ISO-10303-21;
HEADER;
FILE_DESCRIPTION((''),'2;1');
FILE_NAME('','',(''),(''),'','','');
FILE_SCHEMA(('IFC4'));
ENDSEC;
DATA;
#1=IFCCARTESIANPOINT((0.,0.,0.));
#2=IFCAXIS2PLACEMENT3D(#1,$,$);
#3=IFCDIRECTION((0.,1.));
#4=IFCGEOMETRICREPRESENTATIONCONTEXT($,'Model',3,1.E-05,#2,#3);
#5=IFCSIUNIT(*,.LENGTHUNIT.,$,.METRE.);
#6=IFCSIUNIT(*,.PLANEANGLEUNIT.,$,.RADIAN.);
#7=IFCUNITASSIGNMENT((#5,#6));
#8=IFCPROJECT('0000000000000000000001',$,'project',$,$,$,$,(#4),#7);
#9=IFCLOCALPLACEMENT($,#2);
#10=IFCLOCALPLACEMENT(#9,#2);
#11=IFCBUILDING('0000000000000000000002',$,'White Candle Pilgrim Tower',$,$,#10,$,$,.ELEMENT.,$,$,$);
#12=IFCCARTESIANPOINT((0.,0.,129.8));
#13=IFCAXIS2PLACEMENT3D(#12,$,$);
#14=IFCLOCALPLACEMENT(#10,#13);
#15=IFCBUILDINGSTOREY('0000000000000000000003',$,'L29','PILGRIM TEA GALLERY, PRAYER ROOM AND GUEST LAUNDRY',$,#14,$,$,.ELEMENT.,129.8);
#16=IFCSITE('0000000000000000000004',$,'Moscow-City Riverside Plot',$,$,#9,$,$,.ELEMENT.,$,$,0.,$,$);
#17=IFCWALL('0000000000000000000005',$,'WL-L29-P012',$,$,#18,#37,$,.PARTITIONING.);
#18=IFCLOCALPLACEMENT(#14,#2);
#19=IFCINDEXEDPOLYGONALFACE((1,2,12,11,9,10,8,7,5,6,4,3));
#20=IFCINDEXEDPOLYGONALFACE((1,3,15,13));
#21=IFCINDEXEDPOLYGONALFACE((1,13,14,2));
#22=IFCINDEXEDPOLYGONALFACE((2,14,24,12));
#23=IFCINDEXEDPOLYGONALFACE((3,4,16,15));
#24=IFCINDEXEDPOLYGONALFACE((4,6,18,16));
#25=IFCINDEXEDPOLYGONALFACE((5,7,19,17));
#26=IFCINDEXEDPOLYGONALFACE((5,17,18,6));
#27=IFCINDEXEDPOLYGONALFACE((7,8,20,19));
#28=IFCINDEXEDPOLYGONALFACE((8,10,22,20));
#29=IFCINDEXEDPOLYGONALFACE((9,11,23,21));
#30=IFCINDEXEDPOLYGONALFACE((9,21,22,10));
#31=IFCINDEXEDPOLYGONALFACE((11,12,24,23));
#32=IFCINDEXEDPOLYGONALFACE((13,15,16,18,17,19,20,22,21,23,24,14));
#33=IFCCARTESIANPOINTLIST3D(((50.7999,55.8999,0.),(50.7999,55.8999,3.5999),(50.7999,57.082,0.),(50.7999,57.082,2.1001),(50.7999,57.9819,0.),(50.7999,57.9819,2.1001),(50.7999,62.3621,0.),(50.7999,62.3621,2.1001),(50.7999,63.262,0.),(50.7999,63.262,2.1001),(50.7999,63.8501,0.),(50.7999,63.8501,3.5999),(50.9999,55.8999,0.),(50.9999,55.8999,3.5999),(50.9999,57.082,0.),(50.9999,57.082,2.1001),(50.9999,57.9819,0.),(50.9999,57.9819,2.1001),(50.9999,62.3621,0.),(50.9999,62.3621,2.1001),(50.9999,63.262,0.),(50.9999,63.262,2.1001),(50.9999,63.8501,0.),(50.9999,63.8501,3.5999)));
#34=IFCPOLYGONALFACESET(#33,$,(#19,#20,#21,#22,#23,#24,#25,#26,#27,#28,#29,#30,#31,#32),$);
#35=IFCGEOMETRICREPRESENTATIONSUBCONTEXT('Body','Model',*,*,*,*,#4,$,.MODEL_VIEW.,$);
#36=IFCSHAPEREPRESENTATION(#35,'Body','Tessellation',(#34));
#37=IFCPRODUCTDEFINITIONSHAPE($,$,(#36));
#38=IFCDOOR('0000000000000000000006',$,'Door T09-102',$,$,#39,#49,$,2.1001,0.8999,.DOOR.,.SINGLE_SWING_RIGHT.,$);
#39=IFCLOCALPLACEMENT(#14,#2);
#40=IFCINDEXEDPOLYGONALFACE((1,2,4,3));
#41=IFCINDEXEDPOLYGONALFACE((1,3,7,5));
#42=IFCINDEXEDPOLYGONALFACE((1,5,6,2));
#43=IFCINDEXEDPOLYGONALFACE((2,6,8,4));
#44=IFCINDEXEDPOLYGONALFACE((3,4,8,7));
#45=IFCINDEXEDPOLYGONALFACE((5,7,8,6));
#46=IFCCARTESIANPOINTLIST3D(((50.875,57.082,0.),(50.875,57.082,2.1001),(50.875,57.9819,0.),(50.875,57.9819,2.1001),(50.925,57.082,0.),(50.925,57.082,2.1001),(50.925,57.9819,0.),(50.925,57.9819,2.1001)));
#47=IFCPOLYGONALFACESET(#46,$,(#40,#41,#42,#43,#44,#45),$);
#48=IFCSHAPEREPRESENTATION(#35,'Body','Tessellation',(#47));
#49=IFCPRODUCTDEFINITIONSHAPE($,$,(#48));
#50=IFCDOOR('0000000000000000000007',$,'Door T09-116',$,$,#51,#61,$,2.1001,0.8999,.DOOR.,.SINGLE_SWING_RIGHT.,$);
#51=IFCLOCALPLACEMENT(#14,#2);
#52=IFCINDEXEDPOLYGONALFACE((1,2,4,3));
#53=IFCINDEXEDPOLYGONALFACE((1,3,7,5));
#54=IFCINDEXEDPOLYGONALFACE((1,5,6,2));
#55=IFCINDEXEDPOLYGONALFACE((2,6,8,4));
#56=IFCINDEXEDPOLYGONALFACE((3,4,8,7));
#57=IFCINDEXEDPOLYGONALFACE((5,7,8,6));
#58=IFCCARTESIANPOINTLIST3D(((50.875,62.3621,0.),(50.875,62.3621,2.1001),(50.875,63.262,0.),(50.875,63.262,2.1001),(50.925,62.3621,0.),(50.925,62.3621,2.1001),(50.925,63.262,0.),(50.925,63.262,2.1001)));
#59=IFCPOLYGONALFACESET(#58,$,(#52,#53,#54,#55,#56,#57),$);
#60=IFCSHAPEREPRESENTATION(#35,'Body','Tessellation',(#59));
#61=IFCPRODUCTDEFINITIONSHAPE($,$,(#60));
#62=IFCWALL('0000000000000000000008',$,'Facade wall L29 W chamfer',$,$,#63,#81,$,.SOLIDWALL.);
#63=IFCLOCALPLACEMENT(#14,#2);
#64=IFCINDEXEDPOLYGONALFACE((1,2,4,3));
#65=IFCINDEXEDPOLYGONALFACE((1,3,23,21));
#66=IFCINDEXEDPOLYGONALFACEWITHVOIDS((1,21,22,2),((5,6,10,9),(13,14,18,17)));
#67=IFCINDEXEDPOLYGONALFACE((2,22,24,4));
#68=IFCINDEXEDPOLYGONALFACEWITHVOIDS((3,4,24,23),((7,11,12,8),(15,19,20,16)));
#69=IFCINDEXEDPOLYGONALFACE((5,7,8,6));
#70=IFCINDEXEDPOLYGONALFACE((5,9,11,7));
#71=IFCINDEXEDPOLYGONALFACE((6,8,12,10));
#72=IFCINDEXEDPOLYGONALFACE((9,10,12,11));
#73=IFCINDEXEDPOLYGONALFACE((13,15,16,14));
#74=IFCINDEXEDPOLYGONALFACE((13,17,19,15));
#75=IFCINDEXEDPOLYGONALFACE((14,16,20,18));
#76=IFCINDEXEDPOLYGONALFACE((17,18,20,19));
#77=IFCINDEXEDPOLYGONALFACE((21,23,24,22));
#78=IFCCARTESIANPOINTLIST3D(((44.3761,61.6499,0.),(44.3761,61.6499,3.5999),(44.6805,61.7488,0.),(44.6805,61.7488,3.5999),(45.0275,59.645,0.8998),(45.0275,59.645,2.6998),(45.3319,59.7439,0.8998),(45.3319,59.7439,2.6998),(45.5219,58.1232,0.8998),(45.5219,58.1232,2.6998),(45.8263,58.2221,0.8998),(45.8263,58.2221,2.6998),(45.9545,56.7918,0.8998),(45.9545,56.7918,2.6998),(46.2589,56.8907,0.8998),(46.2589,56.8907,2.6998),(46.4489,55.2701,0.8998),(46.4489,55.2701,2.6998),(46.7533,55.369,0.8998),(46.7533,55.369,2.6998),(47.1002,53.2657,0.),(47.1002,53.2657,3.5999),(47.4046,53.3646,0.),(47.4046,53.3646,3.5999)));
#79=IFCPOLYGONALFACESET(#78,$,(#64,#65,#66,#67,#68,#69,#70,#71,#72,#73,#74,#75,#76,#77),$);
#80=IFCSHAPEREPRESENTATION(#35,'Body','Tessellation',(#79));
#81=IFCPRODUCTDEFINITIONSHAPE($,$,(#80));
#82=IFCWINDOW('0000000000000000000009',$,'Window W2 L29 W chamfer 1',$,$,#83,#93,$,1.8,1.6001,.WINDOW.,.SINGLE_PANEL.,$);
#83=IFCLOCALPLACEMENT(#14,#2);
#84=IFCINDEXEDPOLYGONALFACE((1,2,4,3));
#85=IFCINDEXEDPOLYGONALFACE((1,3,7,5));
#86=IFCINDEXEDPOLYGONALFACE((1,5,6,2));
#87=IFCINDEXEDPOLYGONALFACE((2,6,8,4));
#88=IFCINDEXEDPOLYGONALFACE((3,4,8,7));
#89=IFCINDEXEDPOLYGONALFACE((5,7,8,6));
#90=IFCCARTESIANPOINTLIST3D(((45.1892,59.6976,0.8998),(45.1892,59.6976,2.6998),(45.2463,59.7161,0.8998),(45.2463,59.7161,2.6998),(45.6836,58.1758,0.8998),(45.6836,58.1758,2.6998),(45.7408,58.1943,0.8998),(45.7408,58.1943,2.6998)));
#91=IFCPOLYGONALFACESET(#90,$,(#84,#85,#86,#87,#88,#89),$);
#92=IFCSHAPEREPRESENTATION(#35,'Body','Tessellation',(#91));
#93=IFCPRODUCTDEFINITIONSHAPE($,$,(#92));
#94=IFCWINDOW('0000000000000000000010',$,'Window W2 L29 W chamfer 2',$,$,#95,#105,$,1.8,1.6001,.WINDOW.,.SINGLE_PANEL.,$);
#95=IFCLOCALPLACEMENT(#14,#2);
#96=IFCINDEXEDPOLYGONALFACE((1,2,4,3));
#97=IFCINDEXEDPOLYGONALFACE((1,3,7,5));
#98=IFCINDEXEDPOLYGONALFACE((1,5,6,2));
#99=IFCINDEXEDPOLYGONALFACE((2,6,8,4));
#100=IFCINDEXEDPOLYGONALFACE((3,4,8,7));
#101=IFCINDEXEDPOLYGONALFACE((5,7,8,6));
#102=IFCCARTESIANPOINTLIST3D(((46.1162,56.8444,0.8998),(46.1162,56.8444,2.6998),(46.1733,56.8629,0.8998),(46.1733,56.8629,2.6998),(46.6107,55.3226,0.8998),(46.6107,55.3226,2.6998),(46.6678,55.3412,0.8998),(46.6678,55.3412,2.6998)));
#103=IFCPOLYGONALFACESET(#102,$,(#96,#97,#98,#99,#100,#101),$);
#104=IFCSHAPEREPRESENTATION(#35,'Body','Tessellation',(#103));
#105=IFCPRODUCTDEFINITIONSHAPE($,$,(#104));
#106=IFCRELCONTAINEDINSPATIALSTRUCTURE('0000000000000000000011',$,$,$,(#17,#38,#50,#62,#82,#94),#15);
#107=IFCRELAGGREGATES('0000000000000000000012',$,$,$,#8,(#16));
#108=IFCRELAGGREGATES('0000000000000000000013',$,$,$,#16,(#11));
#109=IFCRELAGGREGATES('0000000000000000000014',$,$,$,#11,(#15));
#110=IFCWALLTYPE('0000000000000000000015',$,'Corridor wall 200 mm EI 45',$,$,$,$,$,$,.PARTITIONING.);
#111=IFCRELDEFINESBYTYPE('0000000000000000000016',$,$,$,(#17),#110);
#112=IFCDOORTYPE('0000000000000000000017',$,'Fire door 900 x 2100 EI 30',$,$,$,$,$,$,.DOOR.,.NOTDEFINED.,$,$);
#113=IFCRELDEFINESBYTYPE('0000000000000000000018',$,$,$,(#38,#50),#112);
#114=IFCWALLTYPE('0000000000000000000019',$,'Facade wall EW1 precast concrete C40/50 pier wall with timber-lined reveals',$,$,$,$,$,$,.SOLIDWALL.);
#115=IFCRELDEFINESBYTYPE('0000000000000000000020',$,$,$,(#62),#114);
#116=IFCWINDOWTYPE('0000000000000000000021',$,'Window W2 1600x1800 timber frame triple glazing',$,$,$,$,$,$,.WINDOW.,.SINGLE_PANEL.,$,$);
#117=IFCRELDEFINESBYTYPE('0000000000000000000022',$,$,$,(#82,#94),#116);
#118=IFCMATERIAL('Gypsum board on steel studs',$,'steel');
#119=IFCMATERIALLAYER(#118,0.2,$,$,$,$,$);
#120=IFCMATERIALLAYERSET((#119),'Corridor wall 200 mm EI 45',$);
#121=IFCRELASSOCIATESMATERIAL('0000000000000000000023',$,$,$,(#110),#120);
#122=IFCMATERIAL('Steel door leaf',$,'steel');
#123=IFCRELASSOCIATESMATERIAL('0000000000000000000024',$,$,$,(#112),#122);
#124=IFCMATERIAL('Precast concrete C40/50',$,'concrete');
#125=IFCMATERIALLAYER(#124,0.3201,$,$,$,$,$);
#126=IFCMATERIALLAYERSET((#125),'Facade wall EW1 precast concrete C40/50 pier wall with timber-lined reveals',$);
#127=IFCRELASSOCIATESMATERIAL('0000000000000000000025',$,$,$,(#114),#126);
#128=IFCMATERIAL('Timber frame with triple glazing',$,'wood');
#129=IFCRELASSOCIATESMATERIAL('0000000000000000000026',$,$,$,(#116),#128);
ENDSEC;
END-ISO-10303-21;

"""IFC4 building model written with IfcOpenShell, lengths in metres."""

from ifc_helpers import new_model, si_unit, direction, frame, frame_2d, origin, place, context, subcontext, project, spatial, rectangle, extrude, material, layer, layer_set, type_object, element, fill, save


model = new_model("IFC4")

# Units and contexts
model_context = context("Model", 3, precision=1e-05, world=origin(), true_north=direction((0.0, 1.0)))
body_context = subcontext(model_context, "Body", "Model", "MODEL_VIEW")
ifc_project = project(units=[si_unit("LENGTHUNIT", "METRE"), si_unit("PLANEANGLEUNIT", "RADIAN")], contexts=[model_context])

# Site, building, storey
site_placement = place(None, origin())
site = spatial("IfcSite", under=ifc_project, at=site_placement, Name="Moscow-City Riverside Plot", CompositionType="ELEMENT", RefElevation=0.0)
building_placement = place(site_placement, origin())
building = spatial("IfcBuilding", under=site, at=building_placement, Name="White Candle Pilgrim Tower", CompositionType="ELEMENT")
storey_placement = place(building_placement, frame((0.0, 0.0, 129.8)))
storey = spatial("IfcBuildingStorey", under=building, at=storey_placement, Name="L29", Description="PILGRIM TEA GALLERY, PRAYER ROOM AND GUEST LAUNDRY", CompositionType="ELEMENT", Elevation=129.8)

# Wall, openings, doors
ifc_material_1 = material(Name="Gypsum board on steel studs", Category="steel")
ifc_layer_1 = layer(ifc_material_1, 0.2)
ifc_layer_set_1 = layer_set([ifc_layer_1], Name="Corridor wall 200 mm EI 45")
wall_type_1 = type_object("IfcWallType", Name="Corridor wall 200 mm EI 45", PredefinedType="PARTITIONING", material=ifc_layer_set_1)
wall_1_placement = place(storey_placement, frame((50.8999, 55.8999, 0.0), z_axis=(0.0, 0.0, 1.0), x_axis=(0.0, 1.0, 0.0)))
wall_1 = element("IfcWall", 1, at=wall_1_placement, inside=storey, type_object=wall_type_1, Name="WL-L29-P012", PredefinedType="PARTITIONING", context=body_context, shape_type="SweptSolid", body=[
    extrude(rectangle(XDim=7.9502, YDim=0.2, at=frame_2d((3.9751, 0.0))), origin(), (0.0, 0.0, 1.0), 3.5999),
])
opening_1_placement = place(wall_1_placement, frame((1.1821, 0.0, 0.0)))
opening_1 = element("IfcOpeningElement", 2, at=opening_1_placement, cuts=wall_1, PredefinedType="OPENING", context=body_context, shape_type="SweptSolid", body=[
    extrude(rectangle(XDim=0.8999, YDim=2.1001, at=frame_2d((0.45, 1.05))), frame((0.0, 0.1099, 0.0), z_axis=(0.0, -1.0, 0.0), x_axis=(1.0, 0.0, 0.0)), (0.0, 0.0, 1.0), 0.22),
])
opening_2_placement = place(wall_1_placement, frame((6.4622, 0.0, 0.0)))
opening_2 = element("IfcOpeningElement", 3, at=opening_2_placement, cuts=wall_1, PredefinedType="OPENING", context=body_context, shape_type="SweptSolid", body=[
    extrude(rectangle(XDim=0.8999, YDim=2.1001, at=frame_2d((0.45, 1.05))), frame((0.0, 0.1099, 0.0), z_axis=(0.0, -1.0, 0.0), x_axis=(1.0, 0.0, 0.0)), (0.0, 0.0, 1.0), 0.22),
])
ifc_material_2 = material(Name="Steel door leaf", Category="steel")
door_type_1 = type_object("IfcDoorType", Name="Fire door 900 x 2100 EI 30", OperationType="NOTDEFINED", PredefinedType="DOOR", material=ifc_material_2)
door_1_placement = place(opening_1_placement, origin())
door_1 = element("IfcDoor", 4, at=door_1_placement, inside=storey, type_object=door_type_1, Name="Door T09-102", OperationType="SINGLE_SWING_RIGHT", OverallHeight=2.1001, OverallWidth=0.8999, PredefinedType="DOOR", context=body_context, shape_type="SweptSolid", body=[
    extrude(rectangle(XDim=0.8999, YDim=2.1001, at=frame_2d((0.45, 1.05))), frame((0.0, 0.0249, 0.0), z_axis=(0.0, -1.0, 0.0), x_axis=(1.0, 0.0, 0.0)), (0.0, 0.0, 1.0), 0.05),
])
fill(opening_1, door_1)
door_2_placement = place(opening_2_placement, origin())
door_2 = element("IfcDoor", 5, at=door_2_placement, inside=storey, type_object=door_type_1, Name="Door T09-116", OperationType="SINGLE_SWING_RIGHT", OverallHeight=2.1001, OverallWidth=0.8999, PredefinedType="DOOR", context=body_context, shape_type="SweptSolid", body=[
    extrude(rectangle(XDim=0.8999, YDim=2.1001, at=frame_2d((0.45, 1.05))), frame((0.0, 0.0249, 0.0), z_axis=(0.0, -1.0, 0.0), x_axis=(1.0, 0.0, 0.0)), (0.0, 0.0, 1.0), 0.05),
])
fill(opening_2, door_2)

# Wall, openings, windows
ifc_material_3 = material(Name="Precast concrete C40/50", Category="concrete")
ifc_layer_2 = layer(ifc_material_3, 0.3201)
ifc_layer_set_2 = layer_set([ifc_layer_2], Name="Facade wall EW1 precast concrete C40/50 pier wall with timber-lined reveals")
wall_type_2 = type_object("IfcWallType", Name="Facade wall EW1 precast concrete C40/50 pier wall with timber-lined reveals", PredefinedType="SOLIDWALL", material=ifc_layer_set_2)
wall_2_placement = place(storey_placement, frame((44.5283, 61.6992, 0.0), z_axis=(0.0, 0.0, 1.0), x_axis=(0.309007, -0.95106, 0.0)))
wall_2 = element("IfcWall", 6, at=wall_2_placement, inside=storey, type_object=wall_type_2, Name="Facade wall L29 W chamfer", PredefinedType="SOLIDWALL", context=body_context, shape_type="SweptSolid", body=[
    extrude(rectangle(XDim=8.8157, YDim=0.3201, at=frame_2d((4.4077, 0.0))), origin(), (0.0, 0.0, 1.0), 3.5999),
])
opening_3_placement = place(wall_2_placement, frame((2.1079, 0.0, 0.8999)))
opening_3 = element("IfcOpeningElement", 7, at=opening_3_placement, cuts=wall_2, PredefinedType="OPENING", context=body_context, shape_type="SweptSolid", body=[
    extrude(rectangle(XDim=1.6001, YDim=1.8, at=frame_2d((0.8, 0.8999))), frame((0.0, 0.1699, 0.0), z_axis=(0.0, -1.0, 0.0), x_axis=(1.0, 0.0, 0.0)), (0.0, 0.0, 1.0), 0.3401),
])
opening_4_placement = place(wall_2_placement, frame((5.1079, 0.0, 0.8999)))
opening_4 = element("IfcOpeningElement", 8, at=opening_4_placement, cuts=wall_2, PredefinedType="OPENING", context=body_context, shape_type="SweptSolid", body=[
    extrude(rectangle(XDim=1.6001, YDim=1.8, at=frame_2d((0.8, 0.8999))), frame((0.0, 0.1699, 0.0), z_axis=(0.0, -1.0, 0.0), x_axis=(1.0, 0.0, 0.0)), (0.0, 0.0, 1.0), 0.3401),
])
ifc_material_4 = material(Name="Timber frame with triple glazing", Category="wood")
window_type_1 = type_object("IfcWindowType", Name="Window W2 1600x1800 timber frame triple glazing", PartitioningType="SINGLE_PANEL", PredefinedType="WINDOW", material=ifc_material_4)
window_1_placement = place(opening_3_placement, origin())
window_1 = element("IfcWindow", 9, at=window_1_placement, inside=storey, type_object=window_type_1, Name="Window W2 L29 W chamfer 1", OverallHeight=1.8, OverallWidth=1.6001, PartitioningType="SINGLE_PANEL", PredefinedType="WINDOW", context=body_context, shape_type="SweptSolid", body=[
    extrude(rectangle(XDim=1.6001, YDim=1.8, at=frame_2d((0.8, 0.8999))), frame((0.0, 0.0701, 0.0), z_axis=(0.0, -1.0, 0.0), x_axis=(1.0, 0.0, 0.0)), (0.0, 0.0, 1.0), 0.0601),
])
fill(opening_3, window_1)
window_2_placement = place(opening_4_placement, origin())
window_2 = element("IfcWindow", 10, at=window_2_placement, inside=storey, type_object=window_type_1, Name="Window W2 L29 W chamfer 2", OverallHeight=1.8, OverallWidth=1.6001, PartitioningType="SINGLE_PANEL", PredefinedType="WINDOW", context=body_context, shape_type="SweptSolid", body=[
    extrude(rectangle(XDim=1.6001, YDim=1.8, at=frame_2d((0.8, 0.8999))), frame((0.0, 0.0701, 0.0), z_axis=(0.0, -1.0, 0.0), x_axis=(1.0, 0.0, 0.0)), (0.0, 0.0, 1.0), 0.0601),
])
fill(opening_4, window_2)

save(model, "model.ifc")
